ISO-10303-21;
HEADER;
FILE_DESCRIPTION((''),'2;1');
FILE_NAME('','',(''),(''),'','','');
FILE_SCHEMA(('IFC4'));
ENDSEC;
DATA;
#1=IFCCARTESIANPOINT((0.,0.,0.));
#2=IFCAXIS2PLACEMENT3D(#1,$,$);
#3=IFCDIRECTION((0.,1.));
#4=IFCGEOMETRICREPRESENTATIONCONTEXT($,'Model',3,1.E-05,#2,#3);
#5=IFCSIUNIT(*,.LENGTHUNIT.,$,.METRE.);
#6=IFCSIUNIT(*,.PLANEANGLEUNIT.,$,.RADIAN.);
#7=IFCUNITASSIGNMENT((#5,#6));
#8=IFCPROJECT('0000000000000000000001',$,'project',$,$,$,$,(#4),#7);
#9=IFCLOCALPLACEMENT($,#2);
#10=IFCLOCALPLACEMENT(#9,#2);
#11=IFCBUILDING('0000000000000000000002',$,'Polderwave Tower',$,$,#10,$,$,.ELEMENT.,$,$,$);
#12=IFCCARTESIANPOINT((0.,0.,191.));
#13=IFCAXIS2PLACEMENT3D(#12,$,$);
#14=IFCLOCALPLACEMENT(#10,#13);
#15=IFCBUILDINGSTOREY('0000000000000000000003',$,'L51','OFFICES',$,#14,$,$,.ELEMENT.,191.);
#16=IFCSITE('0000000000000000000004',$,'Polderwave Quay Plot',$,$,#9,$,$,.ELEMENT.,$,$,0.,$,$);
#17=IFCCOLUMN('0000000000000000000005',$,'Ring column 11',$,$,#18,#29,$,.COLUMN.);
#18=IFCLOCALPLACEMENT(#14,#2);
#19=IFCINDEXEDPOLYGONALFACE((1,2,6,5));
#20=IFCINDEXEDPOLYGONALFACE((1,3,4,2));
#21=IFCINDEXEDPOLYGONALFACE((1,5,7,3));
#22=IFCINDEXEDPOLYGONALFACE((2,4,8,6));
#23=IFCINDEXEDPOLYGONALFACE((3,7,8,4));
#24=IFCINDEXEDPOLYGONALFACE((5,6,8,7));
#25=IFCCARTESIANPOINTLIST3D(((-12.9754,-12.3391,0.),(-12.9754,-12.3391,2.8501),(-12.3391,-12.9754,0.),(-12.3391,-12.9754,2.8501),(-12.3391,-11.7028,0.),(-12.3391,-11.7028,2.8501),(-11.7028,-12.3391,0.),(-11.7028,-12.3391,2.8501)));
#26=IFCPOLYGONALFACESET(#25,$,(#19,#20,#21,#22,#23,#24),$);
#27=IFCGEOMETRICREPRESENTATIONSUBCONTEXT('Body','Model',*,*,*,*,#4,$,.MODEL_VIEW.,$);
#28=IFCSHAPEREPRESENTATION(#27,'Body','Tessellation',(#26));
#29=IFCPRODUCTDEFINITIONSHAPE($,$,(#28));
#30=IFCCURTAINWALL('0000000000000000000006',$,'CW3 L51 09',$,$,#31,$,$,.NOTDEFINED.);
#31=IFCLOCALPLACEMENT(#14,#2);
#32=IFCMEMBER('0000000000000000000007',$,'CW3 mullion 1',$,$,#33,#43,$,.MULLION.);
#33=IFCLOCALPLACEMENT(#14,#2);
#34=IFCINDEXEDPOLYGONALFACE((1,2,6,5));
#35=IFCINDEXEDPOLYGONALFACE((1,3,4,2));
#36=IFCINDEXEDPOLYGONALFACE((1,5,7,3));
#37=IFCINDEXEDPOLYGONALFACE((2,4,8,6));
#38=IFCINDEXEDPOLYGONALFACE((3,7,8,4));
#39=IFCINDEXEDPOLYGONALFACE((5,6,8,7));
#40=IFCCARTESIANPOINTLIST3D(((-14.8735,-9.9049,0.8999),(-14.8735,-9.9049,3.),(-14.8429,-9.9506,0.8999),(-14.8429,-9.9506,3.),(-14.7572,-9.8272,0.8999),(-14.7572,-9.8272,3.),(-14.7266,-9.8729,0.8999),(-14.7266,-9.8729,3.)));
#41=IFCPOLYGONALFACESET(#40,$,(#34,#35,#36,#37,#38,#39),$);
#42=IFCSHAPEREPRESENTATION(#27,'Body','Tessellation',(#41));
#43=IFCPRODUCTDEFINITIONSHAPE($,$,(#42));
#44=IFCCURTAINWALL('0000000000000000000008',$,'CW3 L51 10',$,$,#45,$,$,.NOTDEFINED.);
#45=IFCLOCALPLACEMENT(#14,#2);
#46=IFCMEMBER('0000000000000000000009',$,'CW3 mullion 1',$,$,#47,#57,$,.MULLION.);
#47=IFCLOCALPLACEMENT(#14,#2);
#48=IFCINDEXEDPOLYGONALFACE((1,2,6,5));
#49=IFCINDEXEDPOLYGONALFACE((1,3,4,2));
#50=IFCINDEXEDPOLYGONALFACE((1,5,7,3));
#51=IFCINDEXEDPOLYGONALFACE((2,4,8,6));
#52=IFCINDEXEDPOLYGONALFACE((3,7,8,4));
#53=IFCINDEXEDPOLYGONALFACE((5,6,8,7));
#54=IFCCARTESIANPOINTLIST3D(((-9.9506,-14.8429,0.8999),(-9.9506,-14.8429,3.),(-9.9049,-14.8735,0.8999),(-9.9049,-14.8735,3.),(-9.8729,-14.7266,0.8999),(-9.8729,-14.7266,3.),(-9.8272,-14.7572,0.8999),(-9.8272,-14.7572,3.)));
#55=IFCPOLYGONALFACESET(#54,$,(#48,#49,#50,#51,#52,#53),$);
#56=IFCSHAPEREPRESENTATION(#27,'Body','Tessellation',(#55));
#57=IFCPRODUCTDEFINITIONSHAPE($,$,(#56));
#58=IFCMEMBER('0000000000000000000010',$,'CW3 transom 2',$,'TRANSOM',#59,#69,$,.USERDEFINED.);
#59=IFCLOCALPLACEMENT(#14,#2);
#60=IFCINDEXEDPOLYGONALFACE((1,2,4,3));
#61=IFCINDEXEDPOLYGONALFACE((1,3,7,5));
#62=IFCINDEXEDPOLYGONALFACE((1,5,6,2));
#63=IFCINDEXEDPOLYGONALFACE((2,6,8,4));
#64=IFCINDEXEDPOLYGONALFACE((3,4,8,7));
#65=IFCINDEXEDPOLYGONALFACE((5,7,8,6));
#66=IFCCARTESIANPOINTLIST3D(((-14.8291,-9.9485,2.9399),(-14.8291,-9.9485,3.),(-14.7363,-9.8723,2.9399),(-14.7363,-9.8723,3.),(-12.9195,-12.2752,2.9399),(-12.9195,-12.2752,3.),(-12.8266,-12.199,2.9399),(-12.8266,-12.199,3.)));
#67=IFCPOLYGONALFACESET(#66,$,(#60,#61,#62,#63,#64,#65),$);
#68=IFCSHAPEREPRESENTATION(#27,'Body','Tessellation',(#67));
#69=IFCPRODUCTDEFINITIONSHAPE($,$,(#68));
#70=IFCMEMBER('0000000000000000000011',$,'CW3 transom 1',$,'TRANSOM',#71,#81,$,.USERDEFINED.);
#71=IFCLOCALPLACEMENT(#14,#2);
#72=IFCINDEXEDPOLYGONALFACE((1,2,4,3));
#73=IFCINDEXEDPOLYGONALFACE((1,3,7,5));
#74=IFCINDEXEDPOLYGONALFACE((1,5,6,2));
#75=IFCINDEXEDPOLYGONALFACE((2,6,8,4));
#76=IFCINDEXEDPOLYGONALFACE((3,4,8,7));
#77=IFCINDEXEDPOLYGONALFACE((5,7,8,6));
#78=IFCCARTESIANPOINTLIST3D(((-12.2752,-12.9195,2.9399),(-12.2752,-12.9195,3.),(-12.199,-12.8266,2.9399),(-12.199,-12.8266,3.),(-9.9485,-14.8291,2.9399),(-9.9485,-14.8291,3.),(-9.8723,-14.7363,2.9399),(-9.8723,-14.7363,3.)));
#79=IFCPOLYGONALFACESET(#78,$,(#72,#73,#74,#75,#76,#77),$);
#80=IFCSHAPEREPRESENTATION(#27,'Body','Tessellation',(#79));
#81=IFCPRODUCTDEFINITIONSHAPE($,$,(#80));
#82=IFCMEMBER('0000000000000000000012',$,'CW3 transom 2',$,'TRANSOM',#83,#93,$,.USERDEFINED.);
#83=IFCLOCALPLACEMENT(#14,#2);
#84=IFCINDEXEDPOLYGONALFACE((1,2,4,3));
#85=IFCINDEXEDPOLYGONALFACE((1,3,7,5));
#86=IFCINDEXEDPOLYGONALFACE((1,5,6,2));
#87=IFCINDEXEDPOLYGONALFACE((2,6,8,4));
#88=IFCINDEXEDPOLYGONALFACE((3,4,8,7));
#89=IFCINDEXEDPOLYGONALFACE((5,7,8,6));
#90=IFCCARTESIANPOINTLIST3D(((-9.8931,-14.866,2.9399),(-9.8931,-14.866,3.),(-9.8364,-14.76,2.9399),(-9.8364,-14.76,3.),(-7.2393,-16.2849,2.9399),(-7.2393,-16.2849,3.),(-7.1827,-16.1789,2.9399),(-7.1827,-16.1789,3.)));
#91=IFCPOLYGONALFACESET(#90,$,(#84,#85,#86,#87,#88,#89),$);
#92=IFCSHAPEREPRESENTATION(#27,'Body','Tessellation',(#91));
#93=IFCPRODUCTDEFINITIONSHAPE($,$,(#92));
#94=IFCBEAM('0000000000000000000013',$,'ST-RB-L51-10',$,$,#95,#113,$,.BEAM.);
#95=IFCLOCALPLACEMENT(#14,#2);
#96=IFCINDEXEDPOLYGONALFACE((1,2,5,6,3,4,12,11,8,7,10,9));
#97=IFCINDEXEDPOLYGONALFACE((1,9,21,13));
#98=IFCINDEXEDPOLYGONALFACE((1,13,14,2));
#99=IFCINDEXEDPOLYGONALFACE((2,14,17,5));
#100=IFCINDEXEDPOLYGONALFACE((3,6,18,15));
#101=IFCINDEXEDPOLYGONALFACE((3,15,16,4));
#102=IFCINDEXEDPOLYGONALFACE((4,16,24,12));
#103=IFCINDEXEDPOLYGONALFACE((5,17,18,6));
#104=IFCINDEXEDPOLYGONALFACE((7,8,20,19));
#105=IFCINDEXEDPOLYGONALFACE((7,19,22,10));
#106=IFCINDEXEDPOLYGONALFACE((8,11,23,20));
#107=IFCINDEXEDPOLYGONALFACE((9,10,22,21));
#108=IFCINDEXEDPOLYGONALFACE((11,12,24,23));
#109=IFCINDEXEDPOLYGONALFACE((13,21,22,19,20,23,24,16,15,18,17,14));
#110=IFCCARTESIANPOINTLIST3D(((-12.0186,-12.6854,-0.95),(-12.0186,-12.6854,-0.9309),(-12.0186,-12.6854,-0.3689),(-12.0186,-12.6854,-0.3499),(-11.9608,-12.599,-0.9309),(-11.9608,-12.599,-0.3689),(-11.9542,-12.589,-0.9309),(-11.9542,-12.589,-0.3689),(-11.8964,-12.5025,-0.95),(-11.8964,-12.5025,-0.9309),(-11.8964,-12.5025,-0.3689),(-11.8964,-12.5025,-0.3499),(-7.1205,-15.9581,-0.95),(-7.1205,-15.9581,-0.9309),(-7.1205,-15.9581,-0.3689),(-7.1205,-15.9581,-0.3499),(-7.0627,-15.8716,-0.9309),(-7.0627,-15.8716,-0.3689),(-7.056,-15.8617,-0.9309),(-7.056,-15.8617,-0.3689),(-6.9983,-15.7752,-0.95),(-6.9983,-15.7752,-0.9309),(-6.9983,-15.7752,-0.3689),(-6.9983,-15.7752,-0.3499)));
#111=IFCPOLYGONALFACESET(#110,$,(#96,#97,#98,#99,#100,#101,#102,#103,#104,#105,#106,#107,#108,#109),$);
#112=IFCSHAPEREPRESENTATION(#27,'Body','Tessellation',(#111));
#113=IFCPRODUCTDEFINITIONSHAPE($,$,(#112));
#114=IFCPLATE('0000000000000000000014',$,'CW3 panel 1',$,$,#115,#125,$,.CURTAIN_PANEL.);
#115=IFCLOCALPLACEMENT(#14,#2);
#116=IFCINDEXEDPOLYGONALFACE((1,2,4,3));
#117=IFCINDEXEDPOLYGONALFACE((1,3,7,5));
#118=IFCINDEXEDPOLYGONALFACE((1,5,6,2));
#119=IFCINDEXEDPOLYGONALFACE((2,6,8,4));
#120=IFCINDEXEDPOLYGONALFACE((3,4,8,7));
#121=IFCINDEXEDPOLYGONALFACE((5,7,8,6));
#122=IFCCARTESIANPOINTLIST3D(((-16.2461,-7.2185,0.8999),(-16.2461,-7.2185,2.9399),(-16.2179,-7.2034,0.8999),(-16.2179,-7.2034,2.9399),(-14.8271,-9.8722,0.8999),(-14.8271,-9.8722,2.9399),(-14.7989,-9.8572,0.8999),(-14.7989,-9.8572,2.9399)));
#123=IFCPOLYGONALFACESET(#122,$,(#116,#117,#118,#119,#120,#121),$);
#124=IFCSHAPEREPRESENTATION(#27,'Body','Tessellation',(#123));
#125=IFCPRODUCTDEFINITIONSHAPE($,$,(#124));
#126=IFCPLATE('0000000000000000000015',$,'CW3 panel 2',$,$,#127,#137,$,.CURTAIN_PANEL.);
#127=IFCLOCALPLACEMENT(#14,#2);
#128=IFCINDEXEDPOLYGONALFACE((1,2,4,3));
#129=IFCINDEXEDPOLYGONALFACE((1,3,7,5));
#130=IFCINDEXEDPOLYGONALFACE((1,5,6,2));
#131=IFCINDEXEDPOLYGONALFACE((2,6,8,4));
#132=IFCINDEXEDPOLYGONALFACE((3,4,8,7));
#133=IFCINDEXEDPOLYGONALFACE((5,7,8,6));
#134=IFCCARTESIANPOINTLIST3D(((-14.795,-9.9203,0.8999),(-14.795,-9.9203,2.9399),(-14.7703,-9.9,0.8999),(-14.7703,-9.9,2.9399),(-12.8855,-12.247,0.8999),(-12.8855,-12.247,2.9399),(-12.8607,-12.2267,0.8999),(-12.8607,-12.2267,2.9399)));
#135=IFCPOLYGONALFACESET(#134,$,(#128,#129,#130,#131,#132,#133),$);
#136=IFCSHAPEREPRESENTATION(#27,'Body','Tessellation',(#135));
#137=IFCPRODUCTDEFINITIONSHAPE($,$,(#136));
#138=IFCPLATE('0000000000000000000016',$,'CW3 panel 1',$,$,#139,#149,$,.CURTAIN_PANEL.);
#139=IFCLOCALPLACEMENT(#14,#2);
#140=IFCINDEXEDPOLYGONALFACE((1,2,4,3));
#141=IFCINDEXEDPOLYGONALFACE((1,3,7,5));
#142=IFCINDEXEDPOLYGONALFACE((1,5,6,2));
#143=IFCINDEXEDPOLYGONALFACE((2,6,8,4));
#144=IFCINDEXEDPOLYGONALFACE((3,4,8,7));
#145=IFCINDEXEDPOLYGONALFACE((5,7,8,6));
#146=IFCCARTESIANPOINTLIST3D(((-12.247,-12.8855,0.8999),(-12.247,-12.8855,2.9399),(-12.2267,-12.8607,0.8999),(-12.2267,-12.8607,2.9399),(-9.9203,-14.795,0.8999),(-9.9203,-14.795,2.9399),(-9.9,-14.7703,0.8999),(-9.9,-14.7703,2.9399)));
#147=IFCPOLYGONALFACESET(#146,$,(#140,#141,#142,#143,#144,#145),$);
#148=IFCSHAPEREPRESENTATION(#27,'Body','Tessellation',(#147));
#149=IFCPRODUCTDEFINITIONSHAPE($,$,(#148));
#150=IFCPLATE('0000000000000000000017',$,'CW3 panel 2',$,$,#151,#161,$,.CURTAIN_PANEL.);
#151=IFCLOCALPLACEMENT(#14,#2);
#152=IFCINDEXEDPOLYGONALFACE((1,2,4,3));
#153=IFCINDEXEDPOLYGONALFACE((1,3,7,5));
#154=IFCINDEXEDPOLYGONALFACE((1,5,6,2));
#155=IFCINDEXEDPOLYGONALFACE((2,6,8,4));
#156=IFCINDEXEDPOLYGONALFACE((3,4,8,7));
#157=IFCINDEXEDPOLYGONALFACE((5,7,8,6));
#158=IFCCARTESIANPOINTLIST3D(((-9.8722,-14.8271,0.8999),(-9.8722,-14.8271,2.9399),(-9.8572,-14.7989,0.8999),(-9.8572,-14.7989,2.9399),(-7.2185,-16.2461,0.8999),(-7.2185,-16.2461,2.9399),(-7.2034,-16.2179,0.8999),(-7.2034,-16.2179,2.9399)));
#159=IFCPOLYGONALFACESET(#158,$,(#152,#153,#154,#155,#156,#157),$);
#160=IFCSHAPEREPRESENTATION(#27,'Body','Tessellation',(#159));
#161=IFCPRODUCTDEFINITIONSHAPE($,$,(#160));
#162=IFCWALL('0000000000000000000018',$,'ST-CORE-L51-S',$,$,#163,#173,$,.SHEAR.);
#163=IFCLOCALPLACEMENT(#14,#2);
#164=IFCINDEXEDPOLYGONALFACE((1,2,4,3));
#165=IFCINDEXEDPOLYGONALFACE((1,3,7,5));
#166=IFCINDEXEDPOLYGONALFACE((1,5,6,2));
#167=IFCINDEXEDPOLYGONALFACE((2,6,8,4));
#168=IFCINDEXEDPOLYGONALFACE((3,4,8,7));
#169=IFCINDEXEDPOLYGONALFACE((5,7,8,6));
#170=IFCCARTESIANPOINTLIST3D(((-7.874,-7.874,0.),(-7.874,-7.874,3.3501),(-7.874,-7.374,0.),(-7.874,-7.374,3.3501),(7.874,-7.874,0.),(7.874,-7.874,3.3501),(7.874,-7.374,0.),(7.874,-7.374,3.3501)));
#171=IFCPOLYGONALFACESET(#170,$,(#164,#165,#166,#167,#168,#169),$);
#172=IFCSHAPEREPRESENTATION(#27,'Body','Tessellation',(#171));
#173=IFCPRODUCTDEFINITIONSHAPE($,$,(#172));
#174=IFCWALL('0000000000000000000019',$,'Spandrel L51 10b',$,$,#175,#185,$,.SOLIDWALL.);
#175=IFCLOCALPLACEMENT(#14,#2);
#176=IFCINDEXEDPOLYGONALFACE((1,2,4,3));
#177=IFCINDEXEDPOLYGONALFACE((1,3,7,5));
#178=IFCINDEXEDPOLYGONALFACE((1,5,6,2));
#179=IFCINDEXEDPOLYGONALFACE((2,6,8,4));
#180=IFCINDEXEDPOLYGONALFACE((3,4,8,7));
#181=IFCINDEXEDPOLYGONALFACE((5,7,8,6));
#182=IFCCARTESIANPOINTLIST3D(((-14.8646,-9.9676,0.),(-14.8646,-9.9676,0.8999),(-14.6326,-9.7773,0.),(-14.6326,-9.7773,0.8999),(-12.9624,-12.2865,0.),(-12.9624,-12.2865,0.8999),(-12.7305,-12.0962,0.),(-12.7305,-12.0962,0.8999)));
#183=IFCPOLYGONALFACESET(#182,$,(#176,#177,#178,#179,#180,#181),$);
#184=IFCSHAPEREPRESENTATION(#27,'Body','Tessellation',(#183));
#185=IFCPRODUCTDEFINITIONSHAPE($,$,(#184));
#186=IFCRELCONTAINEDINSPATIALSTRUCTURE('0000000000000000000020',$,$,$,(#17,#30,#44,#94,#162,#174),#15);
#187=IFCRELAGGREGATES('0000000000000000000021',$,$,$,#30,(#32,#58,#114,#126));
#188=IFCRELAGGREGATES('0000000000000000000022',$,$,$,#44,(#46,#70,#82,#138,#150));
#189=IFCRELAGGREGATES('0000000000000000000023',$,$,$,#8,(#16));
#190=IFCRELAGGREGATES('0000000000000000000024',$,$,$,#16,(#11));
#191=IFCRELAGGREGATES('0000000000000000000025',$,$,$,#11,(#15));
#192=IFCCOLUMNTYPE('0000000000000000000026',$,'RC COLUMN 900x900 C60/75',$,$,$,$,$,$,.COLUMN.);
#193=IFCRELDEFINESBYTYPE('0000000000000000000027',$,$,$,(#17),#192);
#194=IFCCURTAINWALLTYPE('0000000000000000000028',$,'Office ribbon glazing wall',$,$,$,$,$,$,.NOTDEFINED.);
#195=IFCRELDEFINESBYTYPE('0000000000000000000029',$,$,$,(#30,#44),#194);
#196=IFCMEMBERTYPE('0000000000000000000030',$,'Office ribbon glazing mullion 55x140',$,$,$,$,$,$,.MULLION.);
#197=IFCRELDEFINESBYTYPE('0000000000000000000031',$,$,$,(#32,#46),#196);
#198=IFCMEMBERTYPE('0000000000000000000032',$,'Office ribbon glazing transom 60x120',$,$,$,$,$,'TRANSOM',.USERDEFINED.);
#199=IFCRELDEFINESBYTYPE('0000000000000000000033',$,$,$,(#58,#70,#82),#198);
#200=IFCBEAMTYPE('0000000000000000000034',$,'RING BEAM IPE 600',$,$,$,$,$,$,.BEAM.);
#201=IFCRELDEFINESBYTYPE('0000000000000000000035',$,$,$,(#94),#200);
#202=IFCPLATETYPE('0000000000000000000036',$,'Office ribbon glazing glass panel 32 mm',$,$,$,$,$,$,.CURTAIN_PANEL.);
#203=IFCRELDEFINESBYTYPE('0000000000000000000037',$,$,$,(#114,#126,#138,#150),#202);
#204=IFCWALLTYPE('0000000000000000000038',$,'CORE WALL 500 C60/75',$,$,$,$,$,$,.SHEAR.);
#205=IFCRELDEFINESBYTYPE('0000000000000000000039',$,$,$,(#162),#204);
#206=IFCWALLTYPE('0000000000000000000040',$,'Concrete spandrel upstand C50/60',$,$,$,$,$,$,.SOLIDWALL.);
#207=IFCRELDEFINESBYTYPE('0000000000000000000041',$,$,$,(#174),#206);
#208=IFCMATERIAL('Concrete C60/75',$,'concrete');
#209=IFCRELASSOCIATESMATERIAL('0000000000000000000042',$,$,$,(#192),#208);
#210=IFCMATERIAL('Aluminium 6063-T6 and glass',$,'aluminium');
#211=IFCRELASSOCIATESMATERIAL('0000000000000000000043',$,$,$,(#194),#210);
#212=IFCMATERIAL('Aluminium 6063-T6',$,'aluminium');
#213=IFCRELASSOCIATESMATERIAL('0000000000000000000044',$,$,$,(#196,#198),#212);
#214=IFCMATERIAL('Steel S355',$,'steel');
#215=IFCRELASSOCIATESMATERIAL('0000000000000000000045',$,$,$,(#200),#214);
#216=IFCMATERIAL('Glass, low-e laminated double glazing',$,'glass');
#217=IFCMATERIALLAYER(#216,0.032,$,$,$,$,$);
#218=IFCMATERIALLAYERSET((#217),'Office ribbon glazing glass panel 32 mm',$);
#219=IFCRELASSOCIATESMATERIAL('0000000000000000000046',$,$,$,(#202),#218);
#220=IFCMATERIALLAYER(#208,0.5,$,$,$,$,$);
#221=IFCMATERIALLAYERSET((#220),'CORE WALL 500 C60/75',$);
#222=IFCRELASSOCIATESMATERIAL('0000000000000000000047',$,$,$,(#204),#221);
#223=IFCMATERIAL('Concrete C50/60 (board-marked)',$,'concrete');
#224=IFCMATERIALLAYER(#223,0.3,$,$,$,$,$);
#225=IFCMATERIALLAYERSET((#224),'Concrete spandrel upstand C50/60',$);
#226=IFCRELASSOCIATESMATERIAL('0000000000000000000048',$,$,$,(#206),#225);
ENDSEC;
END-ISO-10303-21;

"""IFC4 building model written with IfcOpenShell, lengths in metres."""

from ifc_helpers import new_model, si_unit, direction, frame, frame_2d, origin, origin_2d, place, context, subcontext, project, spatial, rectangle, i_section, extrude, material, layer, layer_set, material_profile, profile_set, type_object, element, aggregate, save


model = new_model("IFC4")

# Units and contexts
model_context = context("Model", 3, precision=1e-05, world=origin(), true_north=direction((0.0, 1.0)))
body_context = subcontext(model_context, "Body", "Model", "MODEL_VIEW")
ifc_project = project(units=[si_unit("LENGTHUNIT", "METRE"), si_unit("PLANEANGLEUNIT", "RADIAN")], contexts=[model_context])

# Site, building, storey
site_placement = place(None, origin())
site = spatial("IfcSite", under=ifc_project, at=site_placement, Name="Polderwave Quay Plot", CompositionType="ELEMENT", RefElevation=0.0)
building_placement = place(site_placement, origin())
building = spatial("IfcBuilding", under=site, at=building_placement, Name="Polderwave Tower", CompositionType="ELEMENT")
storey_placement = place(building_placement, frame((0.0, 0.0, 191.0)))
storey = spatial("IfcBuildingStorey", under=building, at=storey_placement, Name="L51", Description="OFFICES", CompositionType="ELEMENT", Elevation=191.0)

# Column
ifc_material_1 = material(Name="Concrete C60/75", Category="concrete")
ifc_material_profile_1 = material_profile(ifc_material_1, rectangle(XDim=0.8999, YDim=0.8999, at=origin_2d()), Name="RC 900x900")
ifc_profile_set_1 = profile_set([ifc_material_profile_1], Name="Concrete C60/75")
column_type = type_object("IfcColumnType", Name="RC COLUMN 900x900 C60/75", PredefinedType="COLUMN", material=ifc_profile_set_1)
column_placement = place(storey_placement, frame((-12.3391, -12.3391, 0.0), z_axis=(0.0, 0.0, 1.0), x_axis=(-0.707107, -0.707107, 0.0)))
element("IfcColumn", 1, at=column_placement, inside=storey, type_object=column_type, Name="Ring column 11", PredefinedType="COLUMN", context=body_context, shape_type="SweptSolid", body=[
    extrude(rectangle(XDim=0.8999, YDim=0.8999, at=origin_2d()), origin(), (0.0, 0.0, 1.0), 2.8501),
])

# Curtain walls, members
ifc_material_2 = material(Name="Aluminium 6063-T6 and glass", Category="aluminium")
curtain_wall_type = type_object("IfcCurtainWallType", Name="Office ribbon glazing wall", PredefinedType="NOTDEFINED", material=ifc_material_2)
curtain_wall_1_placement = place(storey_placement, origin())
curtain_wall_1 = element("IfcCurtainWall", 2, at=curtain_wall_1_placement, inside=storey, type_object=curtain_wall_type, Name="CW3 L51 09", PredefinedType="NOTDEFINED")
ifc_material_3 = material(Name="Aluminium 6063-T6", Category="aluminium")
ifc_material_profile_2 = material_profile(ifc_material_3, rectangle(XDim=0.1399, YDim=0.0549, at=origin_2d()), Name="AL 55x140")
ifc_profile_set_2 = profile_set([ifc_material_profile_2], Name="Aluminium 6063-T6")
member_type_1 = type_object("IfcMemberType", Name="Office ribbon glazing mullion 55x140", PredefinedType="MULLION", material=ifc_profile_set_2)
member_1_placement = place(storey_placement, frame((-14.8, -9.8889, 0.8999), z_axis=(0.0, 0.0, 1.0), x_axis=(0.831419, 0.555646, 0.0)))
member_1 = element("IfcMember", 3, at=member_1_placement, type_object=member_type_1, Name="CW3 mullion 1", PredefinedType="MULLION", context=body_context, shape_type="SweptSolid", body=[
    extrude(rectangle(XDim=0.1399, YDim=0.0549, at=origin_2d()), origin(), (0.0, 0.0, 1.0), 2.1001),
])
curtain_wall_2_placement = place(storey_placement, origin())
curtain_wall_2 = element("IfcCurtainWall", 4, at=curtain_wall_2_placement, inside=storey, type_object=curtain_wall_type, Name="CW3 L51 10", PredefinedType="NOTDEFINED")
member_2_placement = place(storey_placement, frame((-9.8889, -14.8, 0.8999), z_axis=(0.0, 0.0, 1.0), x_axis=(0.555646, 0.831419, 0.0)))
member_2 = element("IfcMember", 5, at=member_2_placement, type_object=member_type_1, Name="CW3 mullion 1", PredefinedType="MULLION", context=body_context, shape_type="SweptSolid", body=[
    extrude(rectangle(XDim=0.1399, YDim=0.0549, at=origin_2d()), origin(), (0.0, 0.0, 1.0), 2.1001),
])

# Members
ifc_material_profile_3 = material_profile(ifc_material_3, rectangle(XDim=0.1201, YDim=0.0601, at=origin_2d()), Name="AL 60x120")
ifc_profile_set_3 = profile_set([ifc_material_profile_3], Name="Aluminium 6063-T6")
member_type_2 = type_object("IfcMemberType", Name="Office ribbon glazing transom 60x120", ElementType="TRANSOM", PredefinedType="USERDEFINED", material=ifc_profile_set_3)
member_3_placement = place(storey_placement, frame((-14.7827, -9.9104, 2.97), z_axis=(0.634438, -0.772973, 0.0), x_axis=(0.772973, 0.634438, 0.0)))
member_3 = element("IfcMember", 6, at=member_3_placement, type_object=member_type_2, Name="CW3 transom 2", ObjectType="TRANSOM", PredefinedType="USERDEFINED", context=body_context, shape_type="SweptSolid", body=[
    extrude(rectangle(XDim=0.1201, YDim=0.0601, at=origin_2d()), origin(), (0.0, 0.0, 1.0), 3.01),
])
member_4_placement = place(storey_placement, frame((-12.2371, -12.873, 2.97), z_axis=(0.772973, -0.634438, 0.0), x_axis=(0.634438, 0.772973, 0.0)))
member_4 = element("IfcMember", 7, at=member_4_placement, type_object=member_type_2, Name="CW3 transom 1", ObjectType="TRANSOM", PredefinedType="USERDEFINED", context=body_context, shape_type="SweptSolid", body=[
    extrude(rectangle(XDim=0.1201, YDim=0.0601, at=origin_2d()), origin(), (0.0, 0.0, 1.0), 3.01),
])
member_5_placement = place(storey_placement, frame((-9.8647, -14.813, 2.97), z_axis=(0.881858, -0.471514, 0.0), x_axis=(0.471514, 0.881858, 0.0)))
member_5 = element("IfcMember", 8, at=member_5_placement, type_object=member_type_2, Name="CW3 transom 2", ObjectType="TRANSOM", PredefinedType="USERDEFINED", context=body_context, shape_type="SweptSolid", body=[
    extrude(rectangle(XDim=0.1201, YDim=0.0601, at=origin_2d()), origin(), (0.0, 0.0, 1.0), 3.0093),
])

# Beam
ifc_material_4 = material(Name="Steel S355", Category="steel")
ifc_material_profile_4 = material_profile(ifc_material_4, i_section(OverallWidth=0.22, OverallDepth=0.6001, WebThickness=0.012, FlangeThickness=0.019, at=origin_2d()), Name="IPE 600")
ifc_profile_set_4 = profile_set([ifc_material_profile_4], Name="Steel S355")
beam_type = type_object("IfcBeamType", Name="RING BEAM IPE 600", PredefinedType="BEAM", material=ifc_profile_set_4)
beam_placement = place(storey_placement, frame((-11.9575, -12.594, -0.6499), z_axis=(0.831482, -0.555551, 0.0), x_axis=(0.555551, 0.831482, 0.0)))
element("IfcBeam", 9, at=beam_placement, inside=storey, type_object=beam_type, Name="ST-RB-L51-10", PredefinedType="BEAM", context=body_context, shape_type="SweptSolid", body=[
    extrude(i_section(OverallWidth=0.22, OverallDepth=0.6001, WebThickness=0.012, FlangeThickness=0.019, at=origin_2d()), origin(), (0.0, 0.0, 1.0), 5.8909),
])

# Plates
ifc_material_5 = material(Name="Glass, low-e laminated double glazing", Category="glass")
ifc_layer_1 = layer(ifc_material_5, 0.032)
ifc_layer_set_1 = layer_set([ifc_layer_1], Name="Office ribbon glazing glass panel 32 mm")
plate_type = type_object("IfcPlateType", Name="Office ribbon glazing glass panel 32 mm", PredefinedType="CURTAIN_PANEL", material=ifc_layer_set_1)
plate_1_placement = place(storey_placement, frame((-15.5225, -8.5378, 0.8999), z_axis=(0.0, 0.0, 1.0), x_axis=(0.471544, -0.881842, 0.0)))
plate_1 = element("IfcPlate", 10, at=plate_1_placement, type_object=plate_type, Name="CW3 panel 1", PredefinedType="CURTAIN_PANEL", context=body_context, shape_type="SweptSolid", body=[
    extrude(rectangle(XDim=3.0093, YDim=0.032, at=origin_2d()), origin(), (0.0, 0.0, 1.0), 2.04),
])
plate_2_placement = place(storey_placement, frame((-13.8279, -11.0735, 0.8999), z_axis=(0.0, 0.0, 1.0), x_axis=(0.634403, -0.773003, 0.0)))
plate_2 = element("IfcPlate", 11, at=plate_2_placement, type_object=plate_type, Name="CW3 panel 2", PredefinedType="CURTAIN_PANEL", context=body_context, shape_type="SweptSolid", body=[
    extrude(rectangle(XDim=3.01, YDim=0.032, at=origin_2d()), origin(), (0.0, 0.0, 1.0), 2.04),
])
aggregate(curtain_wall_1, [member_1, member_3, plate_1, plate_2])
plate_3_placement = place(storey_placement, frame((-11.0735, -13.8279, 0.8999), z_axis=(0.0, 0.0, 1.0), x_axis=(0.773003, -0.634403, 0.0)))
plate_3 = element("IfcPlate", 12, at=plate_3_placement, type_object=plate_type, Name="CW3 panel 1", PredefinedType="CURTAIN_PANEL", context=body_context, shape_type="SweptSolid", body=[
    extrude(rectangle(XDim=3.01, YDim=0.032, at=origin_2d()), origin(), (0.0, 0.0, 1.0), 2.04),
])
plate_4_placement = place(storey_placement, frame((-8.5378, -15.5225, 0.8999), z_axis=(0.0, 0.0, 1.0), x_axis=(0.881842, -0.471544, 0.0)))
plate_4 = element("IfcPlate", 13, at=plate_4_placement, type_object=plate_type, Name="CW3 panel 2", PredefinedType="CURTAIN_PANEL", context=body_context, shape_type="SweptSolid", body=[
    extrude(rectangle(XDim=3.0093, YDim=0.032, at=origin_2d()), origin(), (0.0, 0.0, 1.0), 2.04),
])
aggregate(curtain_wall_2, [member_2, member_4, member_5, plate_3, plate_4])

# Walls
ifc_layer_2 = layer(ifc_material_1, 0.5)
ifc_layer_set_2 = layer_set([ifc_layer_2], Name="CORE WALL 500 C60/75")
wall_type_1 = type_object("IfcWallType", Name="CORE WALL 500 C60/75", PredefinedType="SHEAR", material=ifc_layer_set_2)
wall_1_placement = place(storey_placement, frame((-7.874, -7.624, 0.0), z_axis=(0.0, 0.0, 1.0), x_axis=(1.0, 0.0, 0.0)))
element("IfcWall", 14, at=wall_1_placement, inside=storey, type_object=wall_type_1, Name="ST-CORE-L51-S", PredefinedType="SHEAR", context=body_context, shape_type="SweptSolid", body=[
    extrude(rectangle(XDim=15.748, YDim=0.5, at=frame_2d((7.874, 0.0))), origin(), (0.0, 0.0, 1.0), 3.3501),
])
ifc_material_6 = material(Name="Concrete C50/60 (board-marked)", Category="concrete")
ifc_layer_3 = layer(ifc_material_6, 0.3)
ifc_layer_set_3 = layer_set([ifc_layer_3], Name="Concrete spandrel upstand C50/60")
wall_type_2 = type_object("IfcWallType", Name="Concrete spandrel upstand C50/60", PredefinedType="SOLIDWALL", material=ifc_layer_set_3)
for number, where, z_axis, x_axis, name in (
    (15, (-14.7485, -9.8726, 0.0), (0.0, 0.0, 1.0), (0.634208, -0.773162, 0.0), "Spandrel L51 10b"),
):
    element("IfcWall", number, at=place(storey_placement, frame(where, z_axis=z_axis, x_axis=x_axis)), inside=storey, type_object=wall_type_2, Name=name, PredefinedType="SOLIDWALL", context=body_context, shape_type="SweptSolid", body=[
        extrude(rectangle(XDim=2.9993, YDim=0.3, at=frame_2d((1.4995, 0.0))), origin(), (0.0, 0.0, 1.0), 0.8999),
    ])

save(model, "model.ifc")
